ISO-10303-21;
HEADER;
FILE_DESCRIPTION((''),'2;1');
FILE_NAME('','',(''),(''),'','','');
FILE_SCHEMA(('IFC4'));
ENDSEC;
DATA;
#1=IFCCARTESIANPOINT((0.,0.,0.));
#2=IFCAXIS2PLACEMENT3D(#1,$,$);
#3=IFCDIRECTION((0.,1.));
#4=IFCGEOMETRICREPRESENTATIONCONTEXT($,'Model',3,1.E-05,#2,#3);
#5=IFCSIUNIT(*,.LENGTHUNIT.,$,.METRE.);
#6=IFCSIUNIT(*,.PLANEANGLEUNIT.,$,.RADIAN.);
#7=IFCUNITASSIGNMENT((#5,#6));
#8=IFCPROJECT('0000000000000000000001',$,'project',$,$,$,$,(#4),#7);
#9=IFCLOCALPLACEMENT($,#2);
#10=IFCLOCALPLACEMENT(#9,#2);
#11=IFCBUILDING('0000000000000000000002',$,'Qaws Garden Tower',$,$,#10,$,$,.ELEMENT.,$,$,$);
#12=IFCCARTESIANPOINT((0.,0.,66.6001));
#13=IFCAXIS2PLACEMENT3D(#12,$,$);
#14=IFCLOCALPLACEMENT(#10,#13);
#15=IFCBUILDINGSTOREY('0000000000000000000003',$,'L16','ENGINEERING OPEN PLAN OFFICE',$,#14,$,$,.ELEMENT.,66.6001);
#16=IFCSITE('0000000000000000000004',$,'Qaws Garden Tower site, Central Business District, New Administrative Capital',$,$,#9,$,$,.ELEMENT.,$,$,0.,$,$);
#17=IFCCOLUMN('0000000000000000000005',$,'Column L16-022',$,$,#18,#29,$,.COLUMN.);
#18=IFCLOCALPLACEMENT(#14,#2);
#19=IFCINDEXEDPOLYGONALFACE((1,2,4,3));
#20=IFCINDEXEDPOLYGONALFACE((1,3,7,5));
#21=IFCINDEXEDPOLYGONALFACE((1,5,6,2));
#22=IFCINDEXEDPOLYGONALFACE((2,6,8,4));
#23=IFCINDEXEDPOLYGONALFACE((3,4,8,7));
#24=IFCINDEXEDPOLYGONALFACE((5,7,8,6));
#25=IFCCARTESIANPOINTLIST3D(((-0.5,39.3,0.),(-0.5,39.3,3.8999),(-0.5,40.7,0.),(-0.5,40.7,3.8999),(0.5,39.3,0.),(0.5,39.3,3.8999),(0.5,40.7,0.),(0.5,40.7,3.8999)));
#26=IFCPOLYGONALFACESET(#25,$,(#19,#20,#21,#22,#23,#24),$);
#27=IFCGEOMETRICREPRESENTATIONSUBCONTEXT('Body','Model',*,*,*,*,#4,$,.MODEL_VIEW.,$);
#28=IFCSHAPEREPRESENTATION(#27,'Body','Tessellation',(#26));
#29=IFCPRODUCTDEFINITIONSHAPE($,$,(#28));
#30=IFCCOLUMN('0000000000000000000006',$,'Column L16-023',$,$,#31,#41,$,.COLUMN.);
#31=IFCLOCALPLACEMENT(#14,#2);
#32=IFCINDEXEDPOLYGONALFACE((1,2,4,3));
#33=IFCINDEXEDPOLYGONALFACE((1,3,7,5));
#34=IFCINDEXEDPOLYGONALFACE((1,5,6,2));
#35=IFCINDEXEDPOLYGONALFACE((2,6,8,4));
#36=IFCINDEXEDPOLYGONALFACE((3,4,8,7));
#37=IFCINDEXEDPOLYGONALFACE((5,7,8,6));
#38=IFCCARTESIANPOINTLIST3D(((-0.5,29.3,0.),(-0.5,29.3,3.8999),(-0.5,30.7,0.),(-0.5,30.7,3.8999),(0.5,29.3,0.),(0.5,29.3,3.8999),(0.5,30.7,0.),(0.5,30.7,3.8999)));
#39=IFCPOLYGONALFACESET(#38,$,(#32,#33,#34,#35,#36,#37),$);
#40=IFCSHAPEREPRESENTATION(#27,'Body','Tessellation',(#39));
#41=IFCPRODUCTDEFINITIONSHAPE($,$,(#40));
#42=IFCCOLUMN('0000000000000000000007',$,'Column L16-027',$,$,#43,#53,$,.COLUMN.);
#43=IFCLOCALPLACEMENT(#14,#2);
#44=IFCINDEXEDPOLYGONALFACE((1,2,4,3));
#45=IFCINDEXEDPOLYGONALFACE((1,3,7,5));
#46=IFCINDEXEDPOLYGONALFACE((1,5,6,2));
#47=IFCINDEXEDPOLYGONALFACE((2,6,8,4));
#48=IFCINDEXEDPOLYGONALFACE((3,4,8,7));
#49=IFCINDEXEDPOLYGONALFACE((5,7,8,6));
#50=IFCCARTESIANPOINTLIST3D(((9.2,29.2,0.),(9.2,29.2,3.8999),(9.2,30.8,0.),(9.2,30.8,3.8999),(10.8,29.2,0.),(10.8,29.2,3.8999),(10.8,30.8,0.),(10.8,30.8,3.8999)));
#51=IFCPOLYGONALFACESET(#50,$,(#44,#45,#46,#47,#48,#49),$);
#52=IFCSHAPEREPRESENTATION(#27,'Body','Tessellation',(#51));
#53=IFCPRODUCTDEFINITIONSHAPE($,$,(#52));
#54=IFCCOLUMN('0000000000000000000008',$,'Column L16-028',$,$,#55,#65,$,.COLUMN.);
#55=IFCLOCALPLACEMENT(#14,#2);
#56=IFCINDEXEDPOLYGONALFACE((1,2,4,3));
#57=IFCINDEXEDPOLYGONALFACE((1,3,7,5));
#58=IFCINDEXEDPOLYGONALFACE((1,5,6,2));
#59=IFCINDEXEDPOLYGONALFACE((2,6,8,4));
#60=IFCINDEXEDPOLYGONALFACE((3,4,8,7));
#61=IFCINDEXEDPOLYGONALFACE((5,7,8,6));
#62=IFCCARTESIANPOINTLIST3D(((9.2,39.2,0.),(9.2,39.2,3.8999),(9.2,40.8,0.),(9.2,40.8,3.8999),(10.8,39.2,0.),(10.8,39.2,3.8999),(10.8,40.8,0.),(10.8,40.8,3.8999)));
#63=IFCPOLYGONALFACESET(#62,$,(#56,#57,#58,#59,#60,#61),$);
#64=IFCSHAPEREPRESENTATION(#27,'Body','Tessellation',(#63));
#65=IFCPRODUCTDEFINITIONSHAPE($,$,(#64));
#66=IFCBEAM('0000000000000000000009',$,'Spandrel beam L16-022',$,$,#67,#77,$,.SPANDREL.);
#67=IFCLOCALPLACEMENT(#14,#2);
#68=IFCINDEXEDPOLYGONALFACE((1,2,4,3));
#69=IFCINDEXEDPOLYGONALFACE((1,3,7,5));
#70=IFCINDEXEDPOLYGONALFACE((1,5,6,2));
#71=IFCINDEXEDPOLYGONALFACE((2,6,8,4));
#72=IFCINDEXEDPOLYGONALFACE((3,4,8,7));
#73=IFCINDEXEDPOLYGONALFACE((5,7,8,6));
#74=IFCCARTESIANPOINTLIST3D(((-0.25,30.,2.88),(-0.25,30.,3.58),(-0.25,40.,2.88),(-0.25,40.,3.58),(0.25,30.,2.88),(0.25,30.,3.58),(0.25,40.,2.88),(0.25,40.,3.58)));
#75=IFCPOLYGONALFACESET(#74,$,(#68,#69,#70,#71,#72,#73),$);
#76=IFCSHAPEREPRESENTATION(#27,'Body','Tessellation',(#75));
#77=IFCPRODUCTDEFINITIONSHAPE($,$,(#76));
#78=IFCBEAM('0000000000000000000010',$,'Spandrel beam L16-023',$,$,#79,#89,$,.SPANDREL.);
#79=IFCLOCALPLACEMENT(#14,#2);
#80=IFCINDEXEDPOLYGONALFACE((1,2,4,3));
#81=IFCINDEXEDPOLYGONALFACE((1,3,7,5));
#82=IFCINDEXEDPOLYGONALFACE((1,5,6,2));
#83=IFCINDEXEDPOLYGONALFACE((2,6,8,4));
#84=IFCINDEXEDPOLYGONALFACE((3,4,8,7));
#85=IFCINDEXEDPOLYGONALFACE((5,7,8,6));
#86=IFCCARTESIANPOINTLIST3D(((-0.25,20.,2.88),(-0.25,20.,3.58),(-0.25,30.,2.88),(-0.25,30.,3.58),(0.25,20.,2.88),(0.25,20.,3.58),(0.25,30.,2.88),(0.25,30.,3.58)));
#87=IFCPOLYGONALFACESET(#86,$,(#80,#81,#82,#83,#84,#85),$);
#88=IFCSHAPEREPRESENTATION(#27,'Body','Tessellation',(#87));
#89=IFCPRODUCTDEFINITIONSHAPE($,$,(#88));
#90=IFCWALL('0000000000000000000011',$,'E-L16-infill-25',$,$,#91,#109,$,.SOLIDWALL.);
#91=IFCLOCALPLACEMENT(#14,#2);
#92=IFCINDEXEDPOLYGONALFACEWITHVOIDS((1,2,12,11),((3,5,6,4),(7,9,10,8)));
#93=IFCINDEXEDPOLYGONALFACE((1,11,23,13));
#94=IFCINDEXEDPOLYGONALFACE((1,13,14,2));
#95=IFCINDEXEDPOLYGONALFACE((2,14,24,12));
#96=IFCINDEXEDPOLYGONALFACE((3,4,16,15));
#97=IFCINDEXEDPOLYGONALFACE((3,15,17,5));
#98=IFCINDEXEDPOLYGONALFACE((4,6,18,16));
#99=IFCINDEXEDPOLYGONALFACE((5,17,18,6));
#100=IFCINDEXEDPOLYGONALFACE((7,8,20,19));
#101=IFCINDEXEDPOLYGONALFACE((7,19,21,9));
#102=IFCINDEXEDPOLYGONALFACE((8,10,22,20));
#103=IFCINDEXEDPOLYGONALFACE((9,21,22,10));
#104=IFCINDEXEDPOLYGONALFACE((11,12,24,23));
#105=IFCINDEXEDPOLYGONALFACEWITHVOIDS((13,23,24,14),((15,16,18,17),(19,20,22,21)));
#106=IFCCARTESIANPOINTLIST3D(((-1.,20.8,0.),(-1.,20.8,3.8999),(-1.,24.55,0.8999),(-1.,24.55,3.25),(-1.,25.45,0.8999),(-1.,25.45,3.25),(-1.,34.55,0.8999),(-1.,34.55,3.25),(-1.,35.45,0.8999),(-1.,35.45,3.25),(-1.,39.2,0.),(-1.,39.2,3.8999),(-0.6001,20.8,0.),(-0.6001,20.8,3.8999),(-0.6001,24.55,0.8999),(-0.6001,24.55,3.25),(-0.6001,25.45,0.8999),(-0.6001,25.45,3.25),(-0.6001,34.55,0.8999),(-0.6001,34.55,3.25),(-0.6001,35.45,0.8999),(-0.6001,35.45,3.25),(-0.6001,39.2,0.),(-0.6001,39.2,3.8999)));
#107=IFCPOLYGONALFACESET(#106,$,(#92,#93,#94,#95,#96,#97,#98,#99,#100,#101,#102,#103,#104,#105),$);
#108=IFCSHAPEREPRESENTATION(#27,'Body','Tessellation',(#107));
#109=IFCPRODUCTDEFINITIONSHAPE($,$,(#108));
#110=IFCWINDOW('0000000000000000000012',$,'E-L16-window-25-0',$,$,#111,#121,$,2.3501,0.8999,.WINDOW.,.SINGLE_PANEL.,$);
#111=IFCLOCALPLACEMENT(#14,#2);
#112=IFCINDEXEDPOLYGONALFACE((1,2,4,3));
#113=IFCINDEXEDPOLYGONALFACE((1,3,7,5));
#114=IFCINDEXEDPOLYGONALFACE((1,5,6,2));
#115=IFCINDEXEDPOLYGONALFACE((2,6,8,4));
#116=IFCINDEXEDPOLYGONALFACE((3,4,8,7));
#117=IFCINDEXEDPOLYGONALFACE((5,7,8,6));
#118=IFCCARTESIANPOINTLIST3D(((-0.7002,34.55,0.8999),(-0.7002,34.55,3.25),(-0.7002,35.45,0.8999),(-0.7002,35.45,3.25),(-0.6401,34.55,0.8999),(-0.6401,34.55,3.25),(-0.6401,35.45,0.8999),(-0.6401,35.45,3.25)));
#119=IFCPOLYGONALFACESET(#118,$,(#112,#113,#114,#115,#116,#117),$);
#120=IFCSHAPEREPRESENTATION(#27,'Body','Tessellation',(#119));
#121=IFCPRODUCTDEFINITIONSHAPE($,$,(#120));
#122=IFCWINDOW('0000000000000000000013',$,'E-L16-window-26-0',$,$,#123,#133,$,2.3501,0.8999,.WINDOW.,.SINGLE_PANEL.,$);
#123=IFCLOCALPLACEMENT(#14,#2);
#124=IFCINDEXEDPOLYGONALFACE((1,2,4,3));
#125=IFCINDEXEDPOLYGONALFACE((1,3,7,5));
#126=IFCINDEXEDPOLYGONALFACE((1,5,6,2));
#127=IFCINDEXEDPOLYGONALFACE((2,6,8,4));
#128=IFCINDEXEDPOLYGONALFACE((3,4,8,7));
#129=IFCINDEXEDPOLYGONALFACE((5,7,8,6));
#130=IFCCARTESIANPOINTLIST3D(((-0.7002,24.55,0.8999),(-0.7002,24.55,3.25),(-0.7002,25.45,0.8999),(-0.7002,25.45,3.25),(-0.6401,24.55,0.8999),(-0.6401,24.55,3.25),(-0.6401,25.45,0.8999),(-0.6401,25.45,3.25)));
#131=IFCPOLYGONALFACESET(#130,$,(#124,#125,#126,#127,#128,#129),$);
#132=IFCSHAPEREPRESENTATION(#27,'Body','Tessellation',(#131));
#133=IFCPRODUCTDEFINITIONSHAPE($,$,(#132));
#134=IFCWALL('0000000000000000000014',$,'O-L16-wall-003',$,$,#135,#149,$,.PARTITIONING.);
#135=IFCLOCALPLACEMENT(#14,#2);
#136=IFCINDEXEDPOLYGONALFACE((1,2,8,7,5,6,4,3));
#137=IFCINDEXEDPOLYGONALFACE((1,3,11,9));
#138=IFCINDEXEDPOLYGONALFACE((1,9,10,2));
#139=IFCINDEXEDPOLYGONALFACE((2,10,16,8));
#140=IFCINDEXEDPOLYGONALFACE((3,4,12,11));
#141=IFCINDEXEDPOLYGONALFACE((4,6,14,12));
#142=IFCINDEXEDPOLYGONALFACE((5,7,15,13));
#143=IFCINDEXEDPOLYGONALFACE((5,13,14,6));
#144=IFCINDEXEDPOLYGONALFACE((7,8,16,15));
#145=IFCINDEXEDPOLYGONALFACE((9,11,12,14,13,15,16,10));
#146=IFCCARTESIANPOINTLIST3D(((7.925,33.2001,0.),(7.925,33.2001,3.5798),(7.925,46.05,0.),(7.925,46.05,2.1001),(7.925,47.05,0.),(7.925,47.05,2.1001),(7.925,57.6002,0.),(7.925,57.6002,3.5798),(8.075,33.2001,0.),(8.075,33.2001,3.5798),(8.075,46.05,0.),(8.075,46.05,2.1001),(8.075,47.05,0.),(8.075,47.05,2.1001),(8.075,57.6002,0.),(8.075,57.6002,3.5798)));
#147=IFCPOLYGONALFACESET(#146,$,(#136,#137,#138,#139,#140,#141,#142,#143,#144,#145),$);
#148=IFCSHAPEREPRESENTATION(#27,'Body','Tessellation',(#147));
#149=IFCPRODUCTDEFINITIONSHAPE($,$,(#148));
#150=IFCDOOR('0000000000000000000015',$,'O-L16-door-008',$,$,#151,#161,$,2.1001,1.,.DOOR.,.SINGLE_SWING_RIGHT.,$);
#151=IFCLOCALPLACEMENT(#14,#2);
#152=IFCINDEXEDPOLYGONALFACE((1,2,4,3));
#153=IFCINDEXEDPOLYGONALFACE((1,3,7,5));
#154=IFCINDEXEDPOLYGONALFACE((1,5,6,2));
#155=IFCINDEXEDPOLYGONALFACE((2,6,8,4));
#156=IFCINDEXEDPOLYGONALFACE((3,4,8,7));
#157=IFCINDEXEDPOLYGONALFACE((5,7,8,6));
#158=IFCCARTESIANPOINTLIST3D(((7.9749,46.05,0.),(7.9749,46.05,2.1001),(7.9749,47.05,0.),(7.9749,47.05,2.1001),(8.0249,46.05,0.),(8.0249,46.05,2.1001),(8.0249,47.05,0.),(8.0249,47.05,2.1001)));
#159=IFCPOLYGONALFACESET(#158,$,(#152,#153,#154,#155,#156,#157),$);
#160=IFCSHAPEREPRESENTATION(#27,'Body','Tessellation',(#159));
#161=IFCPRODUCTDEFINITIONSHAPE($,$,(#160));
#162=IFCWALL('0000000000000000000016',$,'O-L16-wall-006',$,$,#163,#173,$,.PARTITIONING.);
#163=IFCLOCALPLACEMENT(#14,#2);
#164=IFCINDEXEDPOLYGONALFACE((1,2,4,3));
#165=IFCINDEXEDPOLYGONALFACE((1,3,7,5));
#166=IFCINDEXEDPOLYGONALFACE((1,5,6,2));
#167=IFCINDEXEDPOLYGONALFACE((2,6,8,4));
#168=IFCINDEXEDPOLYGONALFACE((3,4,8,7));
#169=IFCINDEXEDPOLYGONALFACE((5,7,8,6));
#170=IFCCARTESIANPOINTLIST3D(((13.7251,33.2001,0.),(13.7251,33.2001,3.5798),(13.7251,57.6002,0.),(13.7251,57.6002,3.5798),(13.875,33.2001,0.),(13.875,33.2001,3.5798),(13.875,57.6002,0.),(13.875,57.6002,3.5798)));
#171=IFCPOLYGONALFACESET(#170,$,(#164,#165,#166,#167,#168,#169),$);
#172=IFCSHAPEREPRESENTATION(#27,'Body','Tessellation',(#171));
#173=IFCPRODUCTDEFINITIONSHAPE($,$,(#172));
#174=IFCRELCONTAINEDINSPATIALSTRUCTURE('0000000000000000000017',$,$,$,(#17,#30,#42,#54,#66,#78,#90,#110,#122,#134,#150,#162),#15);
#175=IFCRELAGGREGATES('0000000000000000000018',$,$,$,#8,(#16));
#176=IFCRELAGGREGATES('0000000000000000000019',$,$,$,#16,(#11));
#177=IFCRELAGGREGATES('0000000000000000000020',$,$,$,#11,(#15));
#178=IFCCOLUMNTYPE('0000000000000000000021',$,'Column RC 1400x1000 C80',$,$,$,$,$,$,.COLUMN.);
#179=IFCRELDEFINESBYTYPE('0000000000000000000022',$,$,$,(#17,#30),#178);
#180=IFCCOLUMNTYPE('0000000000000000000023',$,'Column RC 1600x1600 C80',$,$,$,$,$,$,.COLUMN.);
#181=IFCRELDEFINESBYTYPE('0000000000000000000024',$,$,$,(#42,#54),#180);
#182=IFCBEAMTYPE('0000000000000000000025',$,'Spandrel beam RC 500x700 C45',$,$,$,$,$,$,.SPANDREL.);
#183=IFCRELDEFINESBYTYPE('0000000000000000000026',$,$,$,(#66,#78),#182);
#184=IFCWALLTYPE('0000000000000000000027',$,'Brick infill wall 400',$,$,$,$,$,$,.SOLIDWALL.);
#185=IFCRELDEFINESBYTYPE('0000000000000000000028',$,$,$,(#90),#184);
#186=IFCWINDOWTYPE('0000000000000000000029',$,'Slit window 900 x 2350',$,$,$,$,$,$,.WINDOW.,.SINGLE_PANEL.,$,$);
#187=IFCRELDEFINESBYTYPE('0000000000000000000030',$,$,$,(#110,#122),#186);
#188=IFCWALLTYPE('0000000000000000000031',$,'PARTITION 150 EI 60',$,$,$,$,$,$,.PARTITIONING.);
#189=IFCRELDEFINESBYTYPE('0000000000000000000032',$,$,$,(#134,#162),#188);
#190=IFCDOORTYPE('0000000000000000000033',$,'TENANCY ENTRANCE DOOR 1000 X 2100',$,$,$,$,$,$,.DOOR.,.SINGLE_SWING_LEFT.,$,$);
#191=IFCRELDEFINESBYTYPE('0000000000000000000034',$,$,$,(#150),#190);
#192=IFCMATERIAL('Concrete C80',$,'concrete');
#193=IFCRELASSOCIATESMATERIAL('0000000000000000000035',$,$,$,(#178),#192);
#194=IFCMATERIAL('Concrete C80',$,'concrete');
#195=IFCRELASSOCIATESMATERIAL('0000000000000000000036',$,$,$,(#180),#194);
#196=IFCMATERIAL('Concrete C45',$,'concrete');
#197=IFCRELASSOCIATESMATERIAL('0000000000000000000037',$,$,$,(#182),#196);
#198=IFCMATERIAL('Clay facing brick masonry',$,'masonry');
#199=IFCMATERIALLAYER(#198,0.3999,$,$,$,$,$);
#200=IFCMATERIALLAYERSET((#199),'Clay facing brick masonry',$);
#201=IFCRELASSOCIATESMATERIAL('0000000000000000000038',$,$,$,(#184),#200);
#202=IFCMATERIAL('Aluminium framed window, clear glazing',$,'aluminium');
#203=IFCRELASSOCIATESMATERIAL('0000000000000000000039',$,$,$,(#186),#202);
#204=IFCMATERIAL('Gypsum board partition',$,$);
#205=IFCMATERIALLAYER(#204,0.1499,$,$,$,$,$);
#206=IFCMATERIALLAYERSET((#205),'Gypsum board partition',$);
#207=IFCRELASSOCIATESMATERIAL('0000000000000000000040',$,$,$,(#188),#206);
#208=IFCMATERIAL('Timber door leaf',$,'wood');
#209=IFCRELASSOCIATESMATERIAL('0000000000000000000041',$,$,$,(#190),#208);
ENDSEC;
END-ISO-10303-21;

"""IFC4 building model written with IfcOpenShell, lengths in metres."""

from ifc_helpers import new_model, si_unit, direction, frame, frame_2d, origin, origin_2d, place, context, subcontext, project, spatial, rectangle, extrude, material, layer, layer_set, material_profile, profile_set, type_object, element, fill, save


model = new_model("IFC4")

# Units and contexts
model_context = context("Model", 3, precision=1e-05, world=origin(), true_north=direction((0.0, 1.0)))
body_context = subcontext(model_context, "Body", "Model", "MODEL_VIEW")
ifc_project = project(units=[si_unit("LENGTHUNIT", "METRE"), si_unit("PLANEANGLEUNIT", "RADIAN")], contexts=[model_context])

# Site, building, storey
site_placement = place(None, origin())
site = spatial("IfcSite", under=ifc_project, at=site_placement, Name="Qaws Garden Tower site, Central Business District, New Administrative Capital", CompositionType="ELEMENT", RefElevation=0.0)
building_placement = place(site_placement, origin())
building = spatial("IfcBuilding", under=site, at=building_placement, Name="Qaws Garden Tower", CompositionType="ELEMENT")
storey_placement = place(building_placement, frame((0.0, 0.0, 66.6001)))
storey = spatial("IfcBuildingStorey", under=building, at=storey_placement, Name="L16", Description="ENGINEERING OPEN PLAN OFFICE", CompositionType="ELEMENT", Elevation=66.6001)

# Columns
ifc_material_1 = material(Name="Concrete C80", Category="concrete")
ifc_material_profile_1 = material_profile(ifc_material_1, rectangle(XDim=1.3999, YDim=1.0, at=origin_2d()), Name="RC 1400x1000")
ifc_profile_set_1 = profile_set([ifc_material_profile_1], Name="Concrete C80")
column_type_1 = type_object("IfcColumnType", Name="Column RC 1400x1000 C80", PredefinedType="COLUMN", material=ifc_profile_set_1)
for number, where, z_axis, x_axis, name in (
    (1, (0.0, 40.0, 0.0), (0.0, 0.0, 1.0), (0.0, 1.0, 0.0), "Column L16-022"),
    (2, (0.0, 30.0, 0.0), (0.0, 0.0, 1.0), (0.0, 1.0, 0.0), "Column L16-023"),
):
    element("IfcColumn", number, at=place(storey_placement, frame(where, z_axis=z_axis, x_axis=x_axis)), inside=storey, type_object=column_type_1, Name=name, PredefinedType="COLUMN", context=body_context, shape_type="SweptSolid", body=[
        extrude(rectangle(XDim=1.3999, YDim=1.0, at=origin_2d()), origin(), (0.0, 0.0, 1.0), 3.8999),
    ])
ifc_material_2 = material(Name="Concrete C80", Category="concrete")
ifc_material_profile_2 = material_profile(ifc_material_2, rectangle(XDim=1.6001, YDim=1.6001, at=origin_2d()), Name="RC 1600x1600")
ifc_profile_set_2 = profile_set([ifc_material_profile_2], Name="Concrete C80")
column_type_2 = type_object("IfcColumnType", Name="Column RC 1600x1600 C80", PredefinedType="COLUMN", material=ifc_profile_set_2)
for number, where, z_axis, x_axis, name in (
    (3, (10.0, 30.0, 0.0), (0.0, 0.0, 1.0), (1.0, 0.0, 0.0), "Column L16-027"),
    (4, (10.0, 40.0, 0.0), (0.0, 0.0, 1.0), (1.0, 0.0, 0.0), "Column L16-028"),
):
    element("IfcColumn", number, at=place(storey_placement, frame(where, z_axis=z_axis, x_axis=x_axis)), inside=storey, type_object=column_type_2, Name=name, PredefinedType="COLUMN", context=body_context, shape_type="SweptSolid", body=[
        extrude(rectangle(XDim=1.6001, YDim=1.6001, at=origin_2d()), origin(), (0.0, 0.0, 1.0), 3.8999),
    ])

# Beams
ifc_material_3 = material(Name="Concrete C45", Category="concrete")
ifc_material_profile_3 = material_profile(ifc_material_3, rectangle(XDim=0.5, YDim=0.7, at=origin_2d()), Name="RC 500x700")
ifc_profile_set_3 = profile_set([ifc_material_profile_3], Name="Concrete C45")
beam_type = type_object("IfcBeamType", Name="Spandrel beam RC 500x700 C45", PredefinedType="SPANDREL", material=ifc_profile_set_3)
for number, where, z_axis, x_axis, name in (
    (5, (0.0, 40.0, 3.23), (0.0, -1.0, 0.0), (1.0, 0.0, 0.0), "Spandrel beam L16-022"),
    (6, (0.0, 30.0, 3.23), (0.0, -1.0, 0.0), (1.0, 0.0, 0.0), "Spandrel beam L16-023"),
):
    element("IfcBeam", number, at=place(storey_placement, frame(where, z_axis=z_axis, x_axis=x_axis)), inside=storey, type_object=beam_type, Name=name, PredefinedType="SPANDREL", context=body_context, shape_type="SweptSolid", body=[
        extrude(rectangle(XDim=0.5, YDim=0.7, at=origin_2d()), origin(), (0.0, 0.0, 1.0), 10.0),
    ])

# Wall, openings, windows
ifc_material_4 = material(Name="Clay facing brick masonry", Category="masonry")
ifc_layer_1 = layer(ifc_material_4, 0.3999)
ifc_layer_set_1 = layer_set([ifc_layer_1], Name="Clay facing brick masonry")
wall_type_1 = type_object("IfcWallType", Name="Brick infill wall 400", PredefinedType="SOLIDWALL", material=ifc_layer_set_1)
wall_1_placement = place(storey_placement, frame((-0.8, 39.2, 0.0), z_axis=(0.0, 0.0, 1.0), x_axis=(0.0, -1.0, 0.0)))
wall_1 = element("IfcWall", 7, at=wall_1_placement, inside=storey, type_object=wall_type_1, Name="E-L16-infill-25", PredefinedType="SOLIDWALL", context=body_context, shape_type="SweptSolid", body=[
    extrude(rectangle(XDim=18.3999, YDim=0.3999, at=frame_2d((9.2, 0.0))), origin(), (0.0, 0.0, 1.0), 3.8999),
])
opening_1_placement = place(wall_1_placement, frame((3.75, 0.0, 0.8999)))
opening_1 = element("IfcOpeningElement", 8, at=opening_1_placement, cuts=wall_1, PredefinedType="OPENING", context=body_context, shape_type="SweptSolid", body=[
    extrude(rectangle(XDim=0.8999, YDim=2.3501, at=frame_2d((0.45, 1.175))), frame((0.0, 0.21, 0.0), z_axis=(0.0, -1.0, 0.0), x_axis=(1.0, 0.0, 0.0)), (0.0, 0.0, 1.0), 0.4199),
])
opening_2_placement = place(wall_1_placement, frame((13.75, 0.0, 0.8999)))
opening_2 = element("IfcOpeningElement", 9, at=opening_2_placement, cuts=wall_1, PredefinedType="OPENING", context=body_context, shape_type="SweptSolid", body=[
    extrude(rectangle(XDim=0.8999, YDim=2.3501, at=frame_2d((0.45, 1.175))), frame((0.0, 0.21, 0.0), z_axis=(0.0, -1.0, 0.0), x_axis=(1.0, 0.0, 0.0)), (0.0, 0.0, 1.0), 0.4199),
])
ifc_material_5 = material(Name="Aluminium framed window, clear glazing", Category="aluminium")
window_type = type_object("IfcWindowType", Name="Slit window 900 x 2350", PartitioningType="SINGLE_PANEL", PredefinedType="WINDOW", material=ifc_material_5)
window_1_placement = place(opening_1_placement, origin())
window_1 = element("IfcWindow", 10, at=window_1_placement, inside=storey, type_object=window_type, Name="E-L16-window-25-0", OverallHeight=2.3501, OverallWidth=0.8999, PartitioningType="SINGLE_PANEL", PredefinedType="WINDOW", context=body_context, shape_type="SweptSolid", body=[
    extrude(rectangle(XDim=0.8999, YDim=2.3501, at=frame_2d((0.45, 1.175))), frame((0.0, 0.1599, 0.0), z_axis=(0.0, -1.0, 0.0), x_axis=(1.0, 0.0, 0.0)), (0.0, 0.0, 1.0), 0.0601),
])
fill(opening_1, window_1)
window_2_placement = place(opening_2_placement, origin())
window_2 = element("IfcWindow", 11, at=window_2_placement, inside=storey, type_object=window_type, Name="E-L16-window-26-0", OverallHeight=2.3501, OverallWidth=0.8999, PartitioningType="SINGLE_PANEL", PredefinedType="WINDOW", context=body_context, shape_type="SweptSolid", body=[
    extrude(rectangle(XDim=0.8999, YDim=2.3501, at=frame_2d((0.45, 1.175))), frame((0.0, 0.1599, 0.0), z_axis=(0.0, -1.0, 0.0), x_axis=(1.0, 0.0, 0.0)), (0.0, 0.0, 1.0), 0.0601),
])
fill(opening_2, window_2)

# Wall, opening, door
ifc_material_6 = material(Name="Gypsum board partition")
ifc_layer_2 = layer(ifc_material_6, 0.1499)
ifc_layer_set_2 = layer_set([ifc_layer_2], Name="Gypsum board partition")
wall_type_2 = type_object("IfcWallType", Name="PARTITION 150 EI 60", PredefinedType="PARTITIONING", material=ifc_layer_set_2)
wall_2_placement = place(storey_placement, frame((8.0, 33.2, 0.0), z_axis=(0.0, 0.0, 1.0), x_axis=(0.0, 1.0, 0.0)))
wall_2 = element("IfcWall", 12, at=wall_2_placement, inside=storey, type_object=wall_type_2, Name="O-L16-wall-003", PredefinedType="PARTITIONING", context=body_context, shape_type="SweptSolid", body=[
    extrude(rectangle(XDim=24.4001, YDim=0.1499, at=frame_2d((12.2002, 0.0))), origin(), (0.0, 0.0, 1.0), 3.5798),
])
opening_3_placement = place(wall_2_placement, frame((12.8501, 0.0, 0.0)))
opening_3 = element("IfcOpeningElement", 13, at=opening_3_placement, cuts=wall_2, PredefinedType="OPENING", context=body_context, shape_type="SweptSolid", body=[
    extrude(rectangle(XDim=1.0, YDim=2.1001, at=frame_2d((0.5, 1.05))), frame((0.0, 0.085, 0.0), z_axis=(0.0, -1.0, 0.0), x_axis=(1.0, 0.0, 0.0)), (0.0, 0.0, 1.0), 0.1699),
])
ifc_material_7 = material(Name="Timber door leaf", Category="wood")
door_type_1 = type_object("IfcDoorType", Name="TENANCY ENTRANCE DOOR 1000 X 2100", OperationType="SINGLE_SWING_LEFT", PredefinedType="DOOR", material=ifc_material_7)
door_1_placement = place(opening_3_placement, frame((1.0, 0.0, 0.0), z_axis=(0.0, 0.0, 1.0), x_axis=(-1.0, 0.0, 0.0)))
door_1 = element("IfcDoor", 14, at=door_1_placement, inside=storey, type_object=door_type_1, Name="O-L16-door-008", OperationType="SINGLE_SWING_RIGHT", OverallHeight=2.1001, OverallWidth=1.0, PredefinedType="DOOR", context=body_context, shape_type="SweptSolid", body=[
    extrude(rectangle(XDim=1.0, YDim=2.1001, at=frame_2d((0.5, 1.05))), frame((0.0, 0.0249, 0.0), z_axis=(0.0, -1.0, 0.0), x_axis=(1.0, 0.0, 0.0)), (0.0, 0.0, 1.0), 0.05),
])
fill(opening_3, door_1)

# Wall
wall_3_placement = place(storey_placement, frame((13.8, 33.2, 0.0), z_axis=(0.0, 0.0, 1.0), x_axis=(0.0, 1.0, 0.0)))
element("IfcWall", 15, at=wall_3_placement, inside=storey, type_object=wall_type_2, Name="O-L16-wall-006", PredefinedType="PARTITIONING", context=body_context, shape_type="SweptSolid", body=[
    extrude(rectangle(XDim=24.4001, YDim=0.1499, at=frame_2d((12.2002, 0.0))), origin(), (0.0, 0.0, 1.0), 3.5798),
])

save(model, "model.ifc")
